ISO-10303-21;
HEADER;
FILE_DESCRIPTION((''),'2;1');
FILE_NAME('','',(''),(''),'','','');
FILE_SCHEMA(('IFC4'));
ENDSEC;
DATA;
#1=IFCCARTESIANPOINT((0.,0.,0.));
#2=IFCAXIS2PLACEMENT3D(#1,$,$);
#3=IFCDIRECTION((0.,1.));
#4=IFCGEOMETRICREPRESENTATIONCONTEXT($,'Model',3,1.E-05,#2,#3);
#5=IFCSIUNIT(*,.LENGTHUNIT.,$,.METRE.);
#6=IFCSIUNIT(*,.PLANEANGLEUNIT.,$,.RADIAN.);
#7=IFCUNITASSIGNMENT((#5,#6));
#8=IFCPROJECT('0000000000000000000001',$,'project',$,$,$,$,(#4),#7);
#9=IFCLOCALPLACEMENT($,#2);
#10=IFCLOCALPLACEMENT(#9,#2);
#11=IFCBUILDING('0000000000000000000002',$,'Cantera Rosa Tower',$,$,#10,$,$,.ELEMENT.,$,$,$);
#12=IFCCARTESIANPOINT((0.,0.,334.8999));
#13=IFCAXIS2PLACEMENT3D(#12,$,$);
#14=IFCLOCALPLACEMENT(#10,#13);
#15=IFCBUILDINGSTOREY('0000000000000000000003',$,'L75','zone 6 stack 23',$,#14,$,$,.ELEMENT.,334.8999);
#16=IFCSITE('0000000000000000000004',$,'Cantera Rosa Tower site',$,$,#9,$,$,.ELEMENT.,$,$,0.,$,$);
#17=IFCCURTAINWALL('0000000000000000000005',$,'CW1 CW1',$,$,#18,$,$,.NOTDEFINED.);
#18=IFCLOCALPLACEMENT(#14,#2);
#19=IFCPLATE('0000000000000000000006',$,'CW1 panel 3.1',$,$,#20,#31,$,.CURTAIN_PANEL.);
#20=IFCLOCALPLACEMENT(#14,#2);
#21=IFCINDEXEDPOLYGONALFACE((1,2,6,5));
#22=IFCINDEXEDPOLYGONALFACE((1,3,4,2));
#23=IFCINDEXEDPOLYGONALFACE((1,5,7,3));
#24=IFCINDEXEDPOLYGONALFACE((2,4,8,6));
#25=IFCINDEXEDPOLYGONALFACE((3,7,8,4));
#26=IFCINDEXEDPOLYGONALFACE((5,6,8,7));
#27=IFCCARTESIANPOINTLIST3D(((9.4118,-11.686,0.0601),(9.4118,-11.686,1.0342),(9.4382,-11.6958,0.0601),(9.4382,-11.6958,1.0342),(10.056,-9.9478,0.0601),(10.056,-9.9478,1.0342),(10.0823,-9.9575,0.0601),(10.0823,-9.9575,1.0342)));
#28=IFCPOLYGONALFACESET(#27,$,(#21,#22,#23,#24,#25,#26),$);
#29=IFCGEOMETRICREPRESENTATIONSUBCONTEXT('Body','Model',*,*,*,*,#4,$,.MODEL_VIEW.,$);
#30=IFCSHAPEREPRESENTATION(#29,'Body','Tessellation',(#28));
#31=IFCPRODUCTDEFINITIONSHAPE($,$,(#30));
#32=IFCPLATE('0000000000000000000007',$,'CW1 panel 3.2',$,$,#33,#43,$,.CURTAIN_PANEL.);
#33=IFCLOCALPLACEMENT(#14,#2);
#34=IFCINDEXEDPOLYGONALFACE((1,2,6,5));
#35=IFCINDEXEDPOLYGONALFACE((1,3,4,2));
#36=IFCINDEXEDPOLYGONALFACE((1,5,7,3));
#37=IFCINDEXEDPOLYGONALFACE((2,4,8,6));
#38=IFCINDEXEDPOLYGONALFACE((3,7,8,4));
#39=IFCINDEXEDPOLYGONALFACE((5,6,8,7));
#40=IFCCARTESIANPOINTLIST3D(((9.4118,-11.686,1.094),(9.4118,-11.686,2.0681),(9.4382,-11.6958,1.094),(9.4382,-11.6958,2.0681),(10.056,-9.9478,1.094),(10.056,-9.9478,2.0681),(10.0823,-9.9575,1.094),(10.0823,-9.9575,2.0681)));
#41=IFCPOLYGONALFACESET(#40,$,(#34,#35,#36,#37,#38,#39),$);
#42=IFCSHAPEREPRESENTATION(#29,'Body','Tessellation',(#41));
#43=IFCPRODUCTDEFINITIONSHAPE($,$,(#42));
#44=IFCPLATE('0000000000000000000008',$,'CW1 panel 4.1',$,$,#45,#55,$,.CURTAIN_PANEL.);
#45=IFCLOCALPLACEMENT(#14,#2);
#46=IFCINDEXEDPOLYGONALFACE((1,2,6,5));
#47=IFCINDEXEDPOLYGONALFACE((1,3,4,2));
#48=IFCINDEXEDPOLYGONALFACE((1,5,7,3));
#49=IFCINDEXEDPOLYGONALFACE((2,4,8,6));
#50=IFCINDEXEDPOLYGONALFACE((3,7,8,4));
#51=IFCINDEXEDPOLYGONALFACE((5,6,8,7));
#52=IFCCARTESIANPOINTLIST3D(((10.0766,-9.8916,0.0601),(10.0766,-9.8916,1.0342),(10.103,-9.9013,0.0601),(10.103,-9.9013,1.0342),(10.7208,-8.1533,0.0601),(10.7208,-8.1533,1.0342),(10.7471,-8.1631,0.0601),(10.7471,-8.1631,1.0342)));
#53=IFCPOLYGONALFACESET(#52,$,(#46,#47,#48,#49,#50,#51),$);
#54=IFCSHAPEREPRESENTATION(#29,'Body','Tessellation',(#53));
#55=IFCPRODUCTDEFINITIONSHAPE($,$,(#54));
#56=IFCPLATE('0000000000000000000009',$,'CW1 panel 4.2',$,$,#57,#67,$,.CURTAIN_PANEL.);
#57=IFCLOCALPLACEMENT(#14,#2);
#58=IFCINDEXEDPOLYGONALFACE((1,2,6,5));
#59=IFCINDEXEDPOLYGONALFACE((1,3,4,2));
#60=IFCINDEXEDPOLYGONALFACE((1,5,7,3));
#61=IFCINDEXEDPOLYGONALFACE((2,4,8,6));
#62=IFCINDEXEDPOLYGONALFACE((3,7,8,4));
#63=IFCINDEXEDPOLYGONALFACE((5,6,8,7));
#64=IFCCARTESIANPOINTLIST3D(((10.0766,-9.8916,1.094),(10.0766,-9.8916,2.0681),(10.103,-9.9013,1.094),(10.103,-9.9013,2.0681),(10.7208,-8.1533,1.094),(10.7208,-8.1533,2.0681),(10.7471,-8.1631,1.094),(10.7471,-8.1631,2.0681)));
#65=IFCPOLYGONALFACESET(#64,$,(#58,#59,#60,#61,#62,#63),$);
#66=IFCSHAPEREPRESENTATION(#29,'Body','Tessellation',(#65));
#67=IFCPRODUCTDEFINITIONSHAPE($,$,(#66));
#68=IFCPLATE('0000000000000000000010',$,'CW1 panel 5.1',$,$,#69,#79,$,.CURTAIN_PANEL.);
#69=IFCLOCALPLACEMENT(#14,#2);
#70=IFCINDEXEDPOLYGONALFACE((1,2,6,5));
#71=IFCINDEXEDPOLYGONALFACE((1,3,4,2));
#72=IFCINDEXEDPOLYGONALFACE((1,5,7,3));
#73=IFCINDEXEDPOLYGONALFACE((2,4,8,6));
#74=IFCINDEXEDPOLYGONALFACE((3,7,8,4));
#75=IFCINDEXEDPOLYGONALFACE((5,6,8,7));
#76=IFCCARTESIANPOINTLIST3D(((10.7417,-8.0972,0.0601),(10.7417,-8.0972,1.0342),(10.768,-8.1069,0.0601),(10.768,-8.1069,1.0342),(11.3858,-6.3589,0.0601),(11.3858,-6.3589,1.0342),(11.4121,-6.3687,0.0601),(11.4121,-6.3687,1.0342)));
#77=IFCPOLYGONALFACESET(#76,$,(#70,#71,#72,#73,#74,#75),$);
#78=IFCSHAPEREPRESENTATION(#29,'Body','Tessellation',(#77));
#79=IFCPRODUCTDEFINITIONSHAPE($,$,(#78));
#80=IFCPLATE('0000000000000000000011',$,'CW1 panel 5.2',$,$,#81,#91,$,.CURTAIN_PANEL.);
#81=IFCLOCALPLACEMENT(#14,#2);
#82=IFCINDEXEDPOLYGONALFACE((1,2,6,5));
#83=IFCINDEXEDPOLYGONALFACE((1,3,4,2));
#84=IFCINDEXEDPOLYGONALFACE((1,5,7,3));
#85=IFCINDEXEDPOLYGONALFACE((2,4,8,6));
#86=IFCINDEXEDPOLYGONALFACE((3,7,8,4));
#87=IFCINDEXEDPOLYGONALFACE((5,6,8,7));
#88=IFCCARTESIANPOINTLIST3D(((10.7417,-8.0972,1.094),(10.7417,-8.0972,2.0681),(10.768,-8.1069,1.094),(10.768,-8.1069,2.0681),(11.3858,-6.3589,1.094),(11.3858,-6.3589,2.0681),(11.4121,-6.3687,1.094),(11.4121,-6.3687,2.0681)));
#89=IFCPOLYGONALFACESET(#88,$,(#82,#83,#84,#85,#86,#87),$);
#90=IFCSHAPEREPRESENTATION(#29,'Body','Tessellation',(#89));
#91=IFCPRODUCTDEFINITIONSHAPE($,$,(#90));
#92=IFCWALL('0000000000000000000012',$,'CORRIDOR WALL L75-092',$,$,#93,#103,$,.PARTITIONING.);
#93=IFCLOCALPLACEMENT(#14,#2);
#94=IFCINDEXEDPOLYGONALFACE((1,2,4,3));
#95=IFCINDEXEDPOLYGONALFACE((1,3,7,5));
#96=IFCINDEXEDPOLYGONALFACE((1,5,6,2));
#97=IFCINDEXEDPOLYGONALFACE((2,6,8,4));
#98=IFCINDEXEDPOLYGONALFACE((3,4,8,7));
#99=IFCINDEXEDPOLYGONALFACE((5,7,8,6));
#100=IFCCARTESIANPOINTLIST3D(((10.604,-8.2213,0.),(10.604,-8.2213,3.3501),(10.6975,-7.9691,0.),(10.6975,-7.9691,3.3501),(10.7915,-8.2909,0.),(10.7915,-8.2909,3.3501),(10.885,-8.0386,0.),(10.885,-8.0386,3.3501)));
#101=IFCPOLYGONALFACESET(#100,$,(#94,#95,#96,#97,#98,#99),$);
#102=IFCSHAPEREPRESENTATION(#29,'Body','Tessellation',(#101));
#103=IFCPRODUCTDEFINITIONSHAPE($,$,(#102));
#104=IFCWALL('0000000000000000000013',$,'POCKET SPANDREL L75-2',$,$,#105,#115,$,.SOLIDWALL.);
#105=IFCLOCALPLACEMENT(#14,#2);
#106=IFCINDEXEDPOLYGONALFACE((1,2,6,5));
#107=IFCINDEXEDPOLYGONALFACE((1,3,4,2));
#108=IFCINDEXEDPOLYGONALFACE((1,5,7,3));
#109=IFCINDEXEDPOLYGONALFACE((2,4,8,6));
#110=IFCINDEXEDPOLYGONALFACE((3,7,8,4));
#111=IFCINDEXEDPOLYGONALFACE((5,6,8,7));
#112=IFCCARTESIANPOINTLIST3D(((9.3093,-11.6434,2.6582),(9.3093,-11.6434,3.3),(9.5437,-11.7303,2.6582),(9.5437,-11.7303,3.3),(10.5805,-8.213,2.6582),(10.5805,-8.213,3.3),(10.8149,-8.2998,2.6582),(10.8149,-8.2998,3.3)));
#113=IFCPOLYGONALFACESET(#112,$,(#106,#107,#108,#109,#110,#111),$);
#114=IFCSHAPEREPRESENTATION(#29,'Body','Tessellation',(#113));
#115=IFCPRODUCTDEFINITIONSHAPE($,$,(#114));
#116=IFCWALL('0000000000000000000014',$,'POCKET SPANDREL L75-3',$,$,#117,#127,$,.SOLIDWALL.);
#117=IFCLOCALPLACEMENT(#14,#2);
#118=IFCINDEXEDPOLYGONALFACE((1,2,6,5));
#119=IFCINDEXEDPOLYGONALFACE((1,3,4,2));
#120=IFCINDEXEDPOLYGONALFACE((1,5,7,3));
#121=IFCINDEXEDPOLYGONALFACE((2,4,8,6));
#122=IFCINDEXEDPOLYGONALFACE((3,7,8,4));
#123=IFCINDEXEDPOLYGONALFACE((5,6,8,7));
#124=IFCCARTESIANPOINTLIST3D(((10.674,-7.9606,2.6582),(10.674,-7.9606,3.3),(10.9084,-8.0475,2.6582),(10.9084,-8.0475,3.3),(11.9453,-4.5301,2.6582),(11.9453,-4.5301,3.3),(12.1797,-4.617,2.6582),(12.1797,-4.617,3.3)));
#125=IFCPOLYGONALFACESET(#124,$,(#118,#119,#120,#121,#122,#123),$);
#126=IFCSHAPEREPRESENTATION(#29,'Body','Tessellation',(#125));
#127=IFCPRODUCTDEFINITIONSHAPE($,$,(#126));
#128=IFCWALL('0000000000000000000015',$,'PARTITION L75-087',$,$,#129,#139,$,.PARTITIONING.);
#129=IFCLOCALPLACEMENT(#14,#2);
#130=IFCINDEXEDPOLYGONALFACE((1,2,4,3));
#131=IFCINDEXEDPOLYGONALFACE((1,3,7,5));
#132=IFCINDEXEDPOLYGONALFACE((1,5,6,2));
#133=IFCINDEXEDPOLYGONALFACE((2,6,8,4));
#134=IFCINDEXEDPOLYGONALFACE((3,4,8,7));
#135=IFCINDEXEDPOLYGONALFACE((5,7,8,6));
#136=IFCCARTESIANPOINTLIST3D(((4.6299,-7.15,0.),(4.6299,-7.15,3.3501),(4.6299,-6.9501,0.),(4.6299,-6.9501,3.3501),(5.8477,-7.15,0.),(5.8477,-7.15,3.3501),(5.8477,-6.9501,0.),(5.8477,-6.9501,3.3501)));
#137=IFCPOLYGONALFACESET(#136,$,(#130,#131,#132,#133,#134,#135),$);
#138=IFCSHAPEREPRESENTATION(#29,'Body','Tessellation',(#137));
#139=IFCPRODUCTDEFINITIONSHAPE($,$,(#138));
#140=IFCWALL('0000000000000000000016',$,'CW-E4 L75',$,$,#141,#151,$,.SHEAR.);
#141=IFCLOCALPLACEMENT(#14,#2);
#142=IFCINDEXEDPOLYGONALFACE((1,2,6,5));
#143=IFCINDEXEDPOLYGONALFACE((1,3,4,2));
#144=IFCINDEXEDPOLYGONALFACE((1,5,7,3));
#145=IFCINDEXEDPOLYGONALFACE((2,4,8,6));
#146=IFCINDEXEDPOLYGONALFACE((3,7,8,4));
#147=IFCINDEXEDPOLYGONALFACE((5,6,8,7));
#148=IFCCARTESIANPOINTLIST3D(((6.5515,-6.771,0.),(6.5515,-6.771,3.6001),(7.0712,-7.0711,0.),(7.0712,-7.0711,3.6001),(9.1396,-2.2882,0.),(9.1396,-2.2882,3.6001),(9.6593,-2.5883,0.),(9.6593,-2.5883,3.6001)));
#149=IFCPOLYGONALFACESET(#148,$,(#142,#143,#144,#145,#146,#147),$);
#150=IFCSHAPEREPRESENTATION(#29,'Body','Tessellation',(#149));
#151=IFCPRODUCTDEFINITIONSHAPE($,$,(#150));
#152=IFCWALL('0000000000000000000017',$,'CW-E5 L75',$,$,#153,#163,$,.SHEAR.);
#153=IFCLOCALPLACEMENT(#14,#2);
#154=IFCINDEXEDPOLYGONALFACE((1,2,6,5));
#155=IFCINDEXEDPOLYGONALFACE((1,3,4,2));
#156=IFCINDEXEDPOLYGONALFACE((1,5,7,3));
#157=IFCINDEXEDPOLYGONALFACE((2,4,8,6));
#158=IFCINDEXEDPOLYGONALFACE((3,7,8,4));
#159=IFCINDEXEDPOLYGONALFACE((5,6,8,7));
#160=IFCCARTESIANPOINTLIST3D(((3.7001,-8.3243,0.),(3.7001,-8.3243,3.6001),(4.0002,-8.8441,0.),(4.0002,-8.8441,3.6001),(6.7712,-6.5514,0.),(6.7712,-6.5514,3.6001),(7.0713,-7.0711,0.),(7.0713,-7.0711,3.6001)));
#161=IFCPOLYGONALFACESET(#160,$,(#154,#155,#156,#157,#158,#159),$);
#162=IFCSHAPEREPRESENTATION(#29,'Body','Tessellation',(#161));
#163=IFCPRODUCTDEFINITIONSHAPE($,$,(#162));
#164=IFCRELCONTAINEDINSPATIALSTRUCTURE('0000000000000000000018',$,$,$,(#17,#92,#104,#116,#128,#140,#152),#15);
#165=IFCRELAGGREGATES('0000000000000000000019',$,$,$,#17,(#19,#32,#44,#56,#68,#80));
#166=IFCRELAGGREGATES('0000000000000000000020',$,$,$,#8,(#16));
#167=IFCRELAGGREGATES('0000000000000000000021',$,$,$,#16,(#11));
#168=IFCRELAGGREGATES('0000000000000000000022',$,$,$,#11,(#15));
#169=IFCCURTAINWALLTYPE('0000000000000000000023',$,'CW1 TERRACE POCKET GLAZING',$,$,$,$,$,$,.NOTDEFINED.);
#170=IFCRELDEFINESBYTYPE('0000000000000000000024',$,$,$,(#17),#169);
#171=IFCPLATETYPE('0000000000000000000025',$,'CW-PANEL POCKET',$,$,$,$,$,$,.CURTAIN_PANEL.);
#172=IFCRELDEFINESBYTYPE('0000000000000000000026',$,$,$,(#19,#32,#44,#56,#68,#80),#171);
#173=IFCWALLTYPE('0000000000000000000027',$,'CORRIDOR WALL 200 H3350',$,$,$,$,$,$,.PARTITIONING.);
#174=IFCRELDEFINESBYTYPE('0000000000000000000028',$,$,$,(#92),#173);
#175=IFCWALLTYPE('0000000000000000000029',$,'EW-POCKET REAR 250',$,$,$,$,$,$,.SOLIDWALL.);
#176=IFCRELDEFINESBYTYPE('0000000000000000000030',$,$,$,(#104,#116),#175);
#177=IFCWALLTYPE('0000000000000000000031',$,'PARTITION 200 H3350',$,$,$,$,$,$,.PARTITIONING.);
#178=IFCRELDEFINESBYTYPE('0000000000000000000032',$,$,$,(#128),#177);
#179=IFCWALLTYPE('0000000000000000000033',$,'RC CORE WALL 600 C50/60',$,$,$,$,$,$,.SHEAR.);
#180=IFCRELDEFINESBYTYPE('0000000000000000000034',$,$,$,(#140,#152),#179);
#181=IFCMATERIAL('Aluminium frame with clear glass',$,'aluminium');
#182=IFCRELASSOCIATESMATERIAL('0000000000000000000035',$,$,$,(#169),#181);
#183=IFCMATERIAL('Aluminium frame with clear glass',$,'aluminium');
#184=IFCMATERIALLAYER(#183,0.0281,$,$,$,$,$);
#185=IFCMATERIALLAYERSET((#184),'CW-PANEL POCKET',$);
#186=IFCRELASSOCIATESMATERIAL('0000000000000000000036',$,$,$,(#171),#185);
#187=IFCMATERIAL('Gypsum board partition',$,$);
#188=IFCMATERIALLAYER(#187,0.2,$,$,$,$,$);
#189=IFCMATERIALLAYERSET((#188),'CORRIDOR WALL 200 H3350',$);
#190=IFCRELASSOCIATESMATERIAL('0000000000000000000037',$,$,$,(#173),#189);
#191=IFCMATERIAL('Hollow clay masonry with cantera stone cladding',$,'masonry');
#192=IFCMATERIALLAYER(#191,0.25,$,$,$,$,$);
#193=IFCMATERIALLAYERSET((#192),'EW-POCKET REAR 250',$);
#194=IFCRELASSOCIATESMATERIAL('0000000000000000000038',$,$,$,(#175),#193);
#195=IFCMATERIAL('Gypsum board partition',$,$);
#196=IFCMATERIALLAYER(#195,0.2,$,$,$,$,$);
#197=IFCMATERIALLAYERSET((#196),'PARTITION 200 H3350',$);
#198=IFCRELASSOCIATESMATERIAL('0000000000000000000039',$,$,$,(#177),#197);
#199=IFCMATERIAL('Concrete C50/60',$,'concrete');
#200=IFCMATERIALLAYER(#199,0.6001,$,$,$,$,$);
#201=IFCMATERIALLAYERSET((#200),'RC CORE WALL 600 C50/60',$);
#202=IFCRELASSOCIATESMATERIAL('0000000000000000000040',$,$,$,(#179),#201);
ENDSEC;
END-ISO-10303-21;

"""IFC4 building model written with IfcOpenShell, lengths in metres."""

from ifc_helpers import new_model, si_unit, direction, frame, frame_2d, origin, origin_2d, place, context, subcontext, project, spatial, rectangle, extrude, material, layer, layer_set, type_object, element, aggregate, save


model = new_model("IFC4")

# Units and contexts
model_context = context("Model", 3, precision=1e-05, world=origin(), true_north=direction((0.0, 1.0)))
body_context = subcontext(model_context, "Body", "Model", "MODEL_VIEW")
ifc_project = project(units=[si_unit("LENGTHUNIT", "METRE"), si_unit("PLANEANGLEUNIT", "RADIAN")], contexts=[model_context])

# Site, building, storey
site_placement = place(None, origin())
site = spatial("IfcSite", under=ifc_project, at=site_placement, Name="Cantera Rosa Tower site", CompositionType="ELEMENT", RefElevation=0.0)
building_placement = place(site_placement, origin())
building = spatial("IfcBuilding", under=site, at=building_placement, Name="Cantera Rosa Tower", CompositionType="ELEMENT")
storey_placement = place(building_placement, frame((0.0, 0.0, 334.8999)))
storey = spatial("IfcBuildingStorey", under=building, at=storey_placement, Name="L75", Description="zone 6 stack 23", CompositionType="ELEMENT", Elevation=334.8999)

# Curtain wall
ifc_material_1 = material(Name="Aluminium frame with clear glass", Category="aluminium")
curtain_wall_type = type_object("IfcCurtainWallType", Name="CW1 TERRACE POCKET GLAZING", PredefinedType="NOTDEFINED", material=ifc_material_1)
curtain_wall_placement = place(storey_placement, origin())
curtain_wall = element("IfcCurtainWall", 1, at=curtain_wall_placement, inside=storey, type_object=curtain_wall_type, Name="CW1 CW1", PredefinedType="NOTDEFINED")

# Plates
ifc_material_2 = material(Name="Aluminium frame with clear glass", Category="aluminium")
ifc_layer_1 = layer(ifc_material_2, 0.0281)
ifc_layer_set_1 = layer_set([ifc_layer_1], Name="CW-PANEL POCKET")
plate_type = type_object("IfcPlateType", Name="CW-PANEL POCKET", PredefinedType="CURTAIN_PANEL", material=ifc_layer_set_1)
plate_1_placement = place(storey_placement, frame((9.7471, -10.8218, 0.0601), z_axis=(0.0, 0.0, 1.0), x_axis=(0.347481, 0.937687, 0.0)))
plate_1 = element("IfcPlate", 2, at=plate_1_placement, type_object=plate_type, Name="CW1 panel 3.1", PredefinedType="CURTAIN_PANEL", context=body_context, shape_type="SweptSolid", body=[
    extrude(rectangle(XDim=1.8538, YDim=0.0281, at=origin_2d()), origin(), (0.0, 0.0, 1.0), 0.9741),
])
plate_2_placement = place(storey_placement, frame((9.7471, -10.8218, 1.094), z_axis=(0.0, 0.0, 1.0), x_axis=(0.347481, 0.937687, 0.0)))
plate_2 = element("IfcPlate", 3, at=plate_2_placement, type_object=plate_type, Name="CW1 panel 3.2", PredefinedType="CURTAIN_PANEL", context=body_context, shape_type="SweptSolid", body=[
    extrude(rectangle(XDim=1.8538, YDim=0.0281, at=origin_2d()), origin(), (0.0, 0.0, 1.0), 0.9741),
])
plate_3_placement = place(storey_placement, frame((10.4119, -9.0273, 0.0601), z_axis=(0.0, 0.0, 1.0), x_axis=(0.347481, 0.937687, 0.0)))
plate_3 = element("IfcPlate", 4, at=plate_3_placement, type_object=plate_type, Name="CW1 panel 4.1", PredefinedType="CURTAIN_PANEL", context=body_context, shape_type="SweptSolid", body=[
    extrude(rectangle(XDim=1.8538, YDim=0.0281, at=origin_2d()), origin(), (0.0, 0.0, 1.0), 0.9741),
])
plate_4_placement = place(storey_placement, frame((10.4119, -9.0273, 1.094), z_axis=(0.0, 0.0, 1.0), x_axis=(0.347481, 0.937687, 0.0)))
plate_4 = element("IfcPlate", 5, at=plate_4_placement, type_object=plate_type, Name="CW1 panel 4.2", PredefinedType="CURTAIN_PANEL", context=body_context, shape_type="SweptSolid", body=[
    extrude(rectangle(XDim=1.8538, YDim=0.0281, at=origin_2d()), origin(), (0.0, 0.0, 1.0), 0.9741),
])
plate_5_placement = place(storey_placement, frame((11.0769, -7.2329, 0.0601), z_axis=(0.0, 0.0, 1.0), x_axis=(0.347481, 0.937687, 0.0)))
plate_5 = element("IfcPlate", 6, at=plate_5_placement, type_object=plate_type, Name="CW1 panel 5.1", PredefinedType="CURTAIN_PANEL", context=body_context, shape_type="SweptSolid", body=[
    extrude(rectangle(XDim=1.8538, YDim=0.0281, at=origin_2d()), origin(), (0.0, 0.0, 1.0), 0.9741),
])
plate_6_placement = place(storey_placement, frame((11.0769, -7.2329, 1.094), z_axis=(0.0, 0.0, 1.0), x_axis=(0.347481, 0.937687, 0.0)))
plate_6 = element("IfcPlate", 7, at=plate_6_placement, type_object=plate_type, Name="CW1 panel 5.2", PredefinedType="CURTAIN_PANEL", context=body_context, shape_type="SweptSolid", body=[
    extrude(rectangle(XDim=1.8538, YDim=0.0281, at=origin_2d()), origin(), (0.0, 0.0, 1.0), 0.9741),
])
aggregate(curtain_wall, [plate_1, plate_2, plate_3, plate_4, plate_5, plate_6])

# Walls
ifc_material_3 = material(Name="Gypsum board partition")
ifc_layer_2 = layer(ifc_material_3, 0.2)
ifc_layer_set_2 = layer_set([ifc_layer_2], Name="CORRIDOR WALL 200 H3350")
wall_type_1 = type_object("IfcWallType", Name="CORRIDOR WALL 200 H3350", PredefinedType="PARTITIONING", material=ifc_layer_set_2)
wall_1_placement = place(storey_placement, frame((10.6978, -8.2561, 0.0), z_axis=(0.0, 0.0, 1.0), x_axis=(0.34764, 0.937628, 0.0)))
element("IfcWall", 8, at=wall_1_placement, inside=storey, type_object=wall_type_1, Name="CORRIDOR WALL L75-092", PredefinedType="PARTITIONING", context=body_context, shape_type="SweptSolid", body=[
    extrude(rectangle(XDim=0.269, YDim=0.2, at=frame_2d((0.1345, 0.0))), origin(), (0.0, 0.0, 1.0), 3.3501),
])
ifc_material_4 = material(Name="Hollow clay masonry with cantera stone cladding", Category="masonry")
ifc_layer_3 = layer(ifc_material_4, 0.25)
ifc_layer_set_3 = layer_set([ifc_layer_3], Name="EW-POCKET REAR 250")
wall_type_2 = type_object("IfcWallType", Name="EW-POCKET REAR 250", PredefinedType="SOLIDWALL", material=ifc_layer_set_3)
for number, where, z_axis, x_axis, name in (
    (9, (9.4265, -11.6868, 2.6582), (0.0, 0.0, 1.0), (0.347486, 0.937685, 0.0), "POCKET SPANDREL L75-2"),
    (10, (10.7913, -8.0039, 2.6582), (0.0, 0.0, 1.0), (0.347486, 0.937685, 0.0), "POCKET SPANDREL L75-3"),
):
    element("IfcWall", number, at=place(storey_placement, frame(where, z_axis=z_axis, x_axis=x_axis)), inside=storey, type_object=wall_type_2, Name=name, PredefinedType="SOLIDWALL", context=body_context, shape_type="SweptSolid", body=[
        extrude(rectangle(XDim=3.6584, YDim=0.25, at=frame_2d((1.8291, 0.0))), origin(), (0.0, 0.0, 1.0), 0.6418),
    ])
ifc_material_5 = material(Name="Gypsum board partition")
ifc_layer_4 = layer(ifc_material_5, 0.2)
ifc_layer_set_4 = layer_set([ifc_layer_4], Name="PARTITION 200 H3350")
wall_type_3 = type_object("IfcWallType", Name="PARTITION 200 H3350", PredefinedType="PARTITIONING", material=ifc_layer_set_4)
wall_2_placement = place(storey_placement, frame((5.8477, -7.05, 0.0), z_axis=(0.0, 0.0, 1.0), x_axis=(-1.0, 0.0, 0.0)))
element("IfcWall", 11, at=wall_2_placement, inside=storey, type_object=wall_type_3, Name="PARTITION L75-087", PredefinedType="PARTITIONING", context=body_context, shape_type="SweptSolid", body=[
    extrude(rectangle(XDim=1.2178, YDim=0.2, at=frame_2d((0.6089, 0.0))), origin(), (0.0, 0.0, 1.0), 3.3501),
])
ifc_material_6 = material(Name="Concrete C50/60", Category="concrete")
ifc_layer_5 = layer(ifc_material_6, 0.6001)
ifc_layer_set_5 = layer_set([ifc_layer_5], Name="RC CORE WALL 600 C50/60")
wall_type_4 = type_object("IfcWallType", Name="RC CORE WALL 600 C50/60", PredefinedType="SHEAR", material=ifc_layer_set_5)
wall_3_placement = place(storey_placement, frame((9.3994, -2.4382, 0.0), z_axis=(0.0, 0.0, 1.0), x_axis=(-0.499989, -0.866032, 0.0)))
element("IfcWall", 12, at=wall_3_placement, inside=storey, type_object=wall_type_4, Name="CW-E4 L75", PredefinedType="SHEAR", context=body_context, shape_type="SweptSolid", body=[
    extrude(rectangle(XDim=5.1763, YDim=0.6001, at=frame_2d((2.5881, 0.0))), origin(), (0.0, 0.0, 1.0), 3.6001),
])
wall_4_placement = place(storey_placement, frame((6.9211, -6.8113, 0.0), z_axis=(0.0, 0.0, 1.0), x_axis=(-0.86604, -0.499975, 0.0)))
element("IfcWall", 13, at=wall_4_placement, inside=storey, type_object=wall_type_4, Name="CW-E5 L75", PredefinedType="SHEAR", context=body_context, shape_type="SweptSolid", body=[
    extrude(rectangle(XDim=3.5461, YDim=0.6001, at=frame_2d((1.7729, 0.0))), origin(), (0.0, 0.0, 1.0), 3.6001),
])

save(model, "model.ifc")
